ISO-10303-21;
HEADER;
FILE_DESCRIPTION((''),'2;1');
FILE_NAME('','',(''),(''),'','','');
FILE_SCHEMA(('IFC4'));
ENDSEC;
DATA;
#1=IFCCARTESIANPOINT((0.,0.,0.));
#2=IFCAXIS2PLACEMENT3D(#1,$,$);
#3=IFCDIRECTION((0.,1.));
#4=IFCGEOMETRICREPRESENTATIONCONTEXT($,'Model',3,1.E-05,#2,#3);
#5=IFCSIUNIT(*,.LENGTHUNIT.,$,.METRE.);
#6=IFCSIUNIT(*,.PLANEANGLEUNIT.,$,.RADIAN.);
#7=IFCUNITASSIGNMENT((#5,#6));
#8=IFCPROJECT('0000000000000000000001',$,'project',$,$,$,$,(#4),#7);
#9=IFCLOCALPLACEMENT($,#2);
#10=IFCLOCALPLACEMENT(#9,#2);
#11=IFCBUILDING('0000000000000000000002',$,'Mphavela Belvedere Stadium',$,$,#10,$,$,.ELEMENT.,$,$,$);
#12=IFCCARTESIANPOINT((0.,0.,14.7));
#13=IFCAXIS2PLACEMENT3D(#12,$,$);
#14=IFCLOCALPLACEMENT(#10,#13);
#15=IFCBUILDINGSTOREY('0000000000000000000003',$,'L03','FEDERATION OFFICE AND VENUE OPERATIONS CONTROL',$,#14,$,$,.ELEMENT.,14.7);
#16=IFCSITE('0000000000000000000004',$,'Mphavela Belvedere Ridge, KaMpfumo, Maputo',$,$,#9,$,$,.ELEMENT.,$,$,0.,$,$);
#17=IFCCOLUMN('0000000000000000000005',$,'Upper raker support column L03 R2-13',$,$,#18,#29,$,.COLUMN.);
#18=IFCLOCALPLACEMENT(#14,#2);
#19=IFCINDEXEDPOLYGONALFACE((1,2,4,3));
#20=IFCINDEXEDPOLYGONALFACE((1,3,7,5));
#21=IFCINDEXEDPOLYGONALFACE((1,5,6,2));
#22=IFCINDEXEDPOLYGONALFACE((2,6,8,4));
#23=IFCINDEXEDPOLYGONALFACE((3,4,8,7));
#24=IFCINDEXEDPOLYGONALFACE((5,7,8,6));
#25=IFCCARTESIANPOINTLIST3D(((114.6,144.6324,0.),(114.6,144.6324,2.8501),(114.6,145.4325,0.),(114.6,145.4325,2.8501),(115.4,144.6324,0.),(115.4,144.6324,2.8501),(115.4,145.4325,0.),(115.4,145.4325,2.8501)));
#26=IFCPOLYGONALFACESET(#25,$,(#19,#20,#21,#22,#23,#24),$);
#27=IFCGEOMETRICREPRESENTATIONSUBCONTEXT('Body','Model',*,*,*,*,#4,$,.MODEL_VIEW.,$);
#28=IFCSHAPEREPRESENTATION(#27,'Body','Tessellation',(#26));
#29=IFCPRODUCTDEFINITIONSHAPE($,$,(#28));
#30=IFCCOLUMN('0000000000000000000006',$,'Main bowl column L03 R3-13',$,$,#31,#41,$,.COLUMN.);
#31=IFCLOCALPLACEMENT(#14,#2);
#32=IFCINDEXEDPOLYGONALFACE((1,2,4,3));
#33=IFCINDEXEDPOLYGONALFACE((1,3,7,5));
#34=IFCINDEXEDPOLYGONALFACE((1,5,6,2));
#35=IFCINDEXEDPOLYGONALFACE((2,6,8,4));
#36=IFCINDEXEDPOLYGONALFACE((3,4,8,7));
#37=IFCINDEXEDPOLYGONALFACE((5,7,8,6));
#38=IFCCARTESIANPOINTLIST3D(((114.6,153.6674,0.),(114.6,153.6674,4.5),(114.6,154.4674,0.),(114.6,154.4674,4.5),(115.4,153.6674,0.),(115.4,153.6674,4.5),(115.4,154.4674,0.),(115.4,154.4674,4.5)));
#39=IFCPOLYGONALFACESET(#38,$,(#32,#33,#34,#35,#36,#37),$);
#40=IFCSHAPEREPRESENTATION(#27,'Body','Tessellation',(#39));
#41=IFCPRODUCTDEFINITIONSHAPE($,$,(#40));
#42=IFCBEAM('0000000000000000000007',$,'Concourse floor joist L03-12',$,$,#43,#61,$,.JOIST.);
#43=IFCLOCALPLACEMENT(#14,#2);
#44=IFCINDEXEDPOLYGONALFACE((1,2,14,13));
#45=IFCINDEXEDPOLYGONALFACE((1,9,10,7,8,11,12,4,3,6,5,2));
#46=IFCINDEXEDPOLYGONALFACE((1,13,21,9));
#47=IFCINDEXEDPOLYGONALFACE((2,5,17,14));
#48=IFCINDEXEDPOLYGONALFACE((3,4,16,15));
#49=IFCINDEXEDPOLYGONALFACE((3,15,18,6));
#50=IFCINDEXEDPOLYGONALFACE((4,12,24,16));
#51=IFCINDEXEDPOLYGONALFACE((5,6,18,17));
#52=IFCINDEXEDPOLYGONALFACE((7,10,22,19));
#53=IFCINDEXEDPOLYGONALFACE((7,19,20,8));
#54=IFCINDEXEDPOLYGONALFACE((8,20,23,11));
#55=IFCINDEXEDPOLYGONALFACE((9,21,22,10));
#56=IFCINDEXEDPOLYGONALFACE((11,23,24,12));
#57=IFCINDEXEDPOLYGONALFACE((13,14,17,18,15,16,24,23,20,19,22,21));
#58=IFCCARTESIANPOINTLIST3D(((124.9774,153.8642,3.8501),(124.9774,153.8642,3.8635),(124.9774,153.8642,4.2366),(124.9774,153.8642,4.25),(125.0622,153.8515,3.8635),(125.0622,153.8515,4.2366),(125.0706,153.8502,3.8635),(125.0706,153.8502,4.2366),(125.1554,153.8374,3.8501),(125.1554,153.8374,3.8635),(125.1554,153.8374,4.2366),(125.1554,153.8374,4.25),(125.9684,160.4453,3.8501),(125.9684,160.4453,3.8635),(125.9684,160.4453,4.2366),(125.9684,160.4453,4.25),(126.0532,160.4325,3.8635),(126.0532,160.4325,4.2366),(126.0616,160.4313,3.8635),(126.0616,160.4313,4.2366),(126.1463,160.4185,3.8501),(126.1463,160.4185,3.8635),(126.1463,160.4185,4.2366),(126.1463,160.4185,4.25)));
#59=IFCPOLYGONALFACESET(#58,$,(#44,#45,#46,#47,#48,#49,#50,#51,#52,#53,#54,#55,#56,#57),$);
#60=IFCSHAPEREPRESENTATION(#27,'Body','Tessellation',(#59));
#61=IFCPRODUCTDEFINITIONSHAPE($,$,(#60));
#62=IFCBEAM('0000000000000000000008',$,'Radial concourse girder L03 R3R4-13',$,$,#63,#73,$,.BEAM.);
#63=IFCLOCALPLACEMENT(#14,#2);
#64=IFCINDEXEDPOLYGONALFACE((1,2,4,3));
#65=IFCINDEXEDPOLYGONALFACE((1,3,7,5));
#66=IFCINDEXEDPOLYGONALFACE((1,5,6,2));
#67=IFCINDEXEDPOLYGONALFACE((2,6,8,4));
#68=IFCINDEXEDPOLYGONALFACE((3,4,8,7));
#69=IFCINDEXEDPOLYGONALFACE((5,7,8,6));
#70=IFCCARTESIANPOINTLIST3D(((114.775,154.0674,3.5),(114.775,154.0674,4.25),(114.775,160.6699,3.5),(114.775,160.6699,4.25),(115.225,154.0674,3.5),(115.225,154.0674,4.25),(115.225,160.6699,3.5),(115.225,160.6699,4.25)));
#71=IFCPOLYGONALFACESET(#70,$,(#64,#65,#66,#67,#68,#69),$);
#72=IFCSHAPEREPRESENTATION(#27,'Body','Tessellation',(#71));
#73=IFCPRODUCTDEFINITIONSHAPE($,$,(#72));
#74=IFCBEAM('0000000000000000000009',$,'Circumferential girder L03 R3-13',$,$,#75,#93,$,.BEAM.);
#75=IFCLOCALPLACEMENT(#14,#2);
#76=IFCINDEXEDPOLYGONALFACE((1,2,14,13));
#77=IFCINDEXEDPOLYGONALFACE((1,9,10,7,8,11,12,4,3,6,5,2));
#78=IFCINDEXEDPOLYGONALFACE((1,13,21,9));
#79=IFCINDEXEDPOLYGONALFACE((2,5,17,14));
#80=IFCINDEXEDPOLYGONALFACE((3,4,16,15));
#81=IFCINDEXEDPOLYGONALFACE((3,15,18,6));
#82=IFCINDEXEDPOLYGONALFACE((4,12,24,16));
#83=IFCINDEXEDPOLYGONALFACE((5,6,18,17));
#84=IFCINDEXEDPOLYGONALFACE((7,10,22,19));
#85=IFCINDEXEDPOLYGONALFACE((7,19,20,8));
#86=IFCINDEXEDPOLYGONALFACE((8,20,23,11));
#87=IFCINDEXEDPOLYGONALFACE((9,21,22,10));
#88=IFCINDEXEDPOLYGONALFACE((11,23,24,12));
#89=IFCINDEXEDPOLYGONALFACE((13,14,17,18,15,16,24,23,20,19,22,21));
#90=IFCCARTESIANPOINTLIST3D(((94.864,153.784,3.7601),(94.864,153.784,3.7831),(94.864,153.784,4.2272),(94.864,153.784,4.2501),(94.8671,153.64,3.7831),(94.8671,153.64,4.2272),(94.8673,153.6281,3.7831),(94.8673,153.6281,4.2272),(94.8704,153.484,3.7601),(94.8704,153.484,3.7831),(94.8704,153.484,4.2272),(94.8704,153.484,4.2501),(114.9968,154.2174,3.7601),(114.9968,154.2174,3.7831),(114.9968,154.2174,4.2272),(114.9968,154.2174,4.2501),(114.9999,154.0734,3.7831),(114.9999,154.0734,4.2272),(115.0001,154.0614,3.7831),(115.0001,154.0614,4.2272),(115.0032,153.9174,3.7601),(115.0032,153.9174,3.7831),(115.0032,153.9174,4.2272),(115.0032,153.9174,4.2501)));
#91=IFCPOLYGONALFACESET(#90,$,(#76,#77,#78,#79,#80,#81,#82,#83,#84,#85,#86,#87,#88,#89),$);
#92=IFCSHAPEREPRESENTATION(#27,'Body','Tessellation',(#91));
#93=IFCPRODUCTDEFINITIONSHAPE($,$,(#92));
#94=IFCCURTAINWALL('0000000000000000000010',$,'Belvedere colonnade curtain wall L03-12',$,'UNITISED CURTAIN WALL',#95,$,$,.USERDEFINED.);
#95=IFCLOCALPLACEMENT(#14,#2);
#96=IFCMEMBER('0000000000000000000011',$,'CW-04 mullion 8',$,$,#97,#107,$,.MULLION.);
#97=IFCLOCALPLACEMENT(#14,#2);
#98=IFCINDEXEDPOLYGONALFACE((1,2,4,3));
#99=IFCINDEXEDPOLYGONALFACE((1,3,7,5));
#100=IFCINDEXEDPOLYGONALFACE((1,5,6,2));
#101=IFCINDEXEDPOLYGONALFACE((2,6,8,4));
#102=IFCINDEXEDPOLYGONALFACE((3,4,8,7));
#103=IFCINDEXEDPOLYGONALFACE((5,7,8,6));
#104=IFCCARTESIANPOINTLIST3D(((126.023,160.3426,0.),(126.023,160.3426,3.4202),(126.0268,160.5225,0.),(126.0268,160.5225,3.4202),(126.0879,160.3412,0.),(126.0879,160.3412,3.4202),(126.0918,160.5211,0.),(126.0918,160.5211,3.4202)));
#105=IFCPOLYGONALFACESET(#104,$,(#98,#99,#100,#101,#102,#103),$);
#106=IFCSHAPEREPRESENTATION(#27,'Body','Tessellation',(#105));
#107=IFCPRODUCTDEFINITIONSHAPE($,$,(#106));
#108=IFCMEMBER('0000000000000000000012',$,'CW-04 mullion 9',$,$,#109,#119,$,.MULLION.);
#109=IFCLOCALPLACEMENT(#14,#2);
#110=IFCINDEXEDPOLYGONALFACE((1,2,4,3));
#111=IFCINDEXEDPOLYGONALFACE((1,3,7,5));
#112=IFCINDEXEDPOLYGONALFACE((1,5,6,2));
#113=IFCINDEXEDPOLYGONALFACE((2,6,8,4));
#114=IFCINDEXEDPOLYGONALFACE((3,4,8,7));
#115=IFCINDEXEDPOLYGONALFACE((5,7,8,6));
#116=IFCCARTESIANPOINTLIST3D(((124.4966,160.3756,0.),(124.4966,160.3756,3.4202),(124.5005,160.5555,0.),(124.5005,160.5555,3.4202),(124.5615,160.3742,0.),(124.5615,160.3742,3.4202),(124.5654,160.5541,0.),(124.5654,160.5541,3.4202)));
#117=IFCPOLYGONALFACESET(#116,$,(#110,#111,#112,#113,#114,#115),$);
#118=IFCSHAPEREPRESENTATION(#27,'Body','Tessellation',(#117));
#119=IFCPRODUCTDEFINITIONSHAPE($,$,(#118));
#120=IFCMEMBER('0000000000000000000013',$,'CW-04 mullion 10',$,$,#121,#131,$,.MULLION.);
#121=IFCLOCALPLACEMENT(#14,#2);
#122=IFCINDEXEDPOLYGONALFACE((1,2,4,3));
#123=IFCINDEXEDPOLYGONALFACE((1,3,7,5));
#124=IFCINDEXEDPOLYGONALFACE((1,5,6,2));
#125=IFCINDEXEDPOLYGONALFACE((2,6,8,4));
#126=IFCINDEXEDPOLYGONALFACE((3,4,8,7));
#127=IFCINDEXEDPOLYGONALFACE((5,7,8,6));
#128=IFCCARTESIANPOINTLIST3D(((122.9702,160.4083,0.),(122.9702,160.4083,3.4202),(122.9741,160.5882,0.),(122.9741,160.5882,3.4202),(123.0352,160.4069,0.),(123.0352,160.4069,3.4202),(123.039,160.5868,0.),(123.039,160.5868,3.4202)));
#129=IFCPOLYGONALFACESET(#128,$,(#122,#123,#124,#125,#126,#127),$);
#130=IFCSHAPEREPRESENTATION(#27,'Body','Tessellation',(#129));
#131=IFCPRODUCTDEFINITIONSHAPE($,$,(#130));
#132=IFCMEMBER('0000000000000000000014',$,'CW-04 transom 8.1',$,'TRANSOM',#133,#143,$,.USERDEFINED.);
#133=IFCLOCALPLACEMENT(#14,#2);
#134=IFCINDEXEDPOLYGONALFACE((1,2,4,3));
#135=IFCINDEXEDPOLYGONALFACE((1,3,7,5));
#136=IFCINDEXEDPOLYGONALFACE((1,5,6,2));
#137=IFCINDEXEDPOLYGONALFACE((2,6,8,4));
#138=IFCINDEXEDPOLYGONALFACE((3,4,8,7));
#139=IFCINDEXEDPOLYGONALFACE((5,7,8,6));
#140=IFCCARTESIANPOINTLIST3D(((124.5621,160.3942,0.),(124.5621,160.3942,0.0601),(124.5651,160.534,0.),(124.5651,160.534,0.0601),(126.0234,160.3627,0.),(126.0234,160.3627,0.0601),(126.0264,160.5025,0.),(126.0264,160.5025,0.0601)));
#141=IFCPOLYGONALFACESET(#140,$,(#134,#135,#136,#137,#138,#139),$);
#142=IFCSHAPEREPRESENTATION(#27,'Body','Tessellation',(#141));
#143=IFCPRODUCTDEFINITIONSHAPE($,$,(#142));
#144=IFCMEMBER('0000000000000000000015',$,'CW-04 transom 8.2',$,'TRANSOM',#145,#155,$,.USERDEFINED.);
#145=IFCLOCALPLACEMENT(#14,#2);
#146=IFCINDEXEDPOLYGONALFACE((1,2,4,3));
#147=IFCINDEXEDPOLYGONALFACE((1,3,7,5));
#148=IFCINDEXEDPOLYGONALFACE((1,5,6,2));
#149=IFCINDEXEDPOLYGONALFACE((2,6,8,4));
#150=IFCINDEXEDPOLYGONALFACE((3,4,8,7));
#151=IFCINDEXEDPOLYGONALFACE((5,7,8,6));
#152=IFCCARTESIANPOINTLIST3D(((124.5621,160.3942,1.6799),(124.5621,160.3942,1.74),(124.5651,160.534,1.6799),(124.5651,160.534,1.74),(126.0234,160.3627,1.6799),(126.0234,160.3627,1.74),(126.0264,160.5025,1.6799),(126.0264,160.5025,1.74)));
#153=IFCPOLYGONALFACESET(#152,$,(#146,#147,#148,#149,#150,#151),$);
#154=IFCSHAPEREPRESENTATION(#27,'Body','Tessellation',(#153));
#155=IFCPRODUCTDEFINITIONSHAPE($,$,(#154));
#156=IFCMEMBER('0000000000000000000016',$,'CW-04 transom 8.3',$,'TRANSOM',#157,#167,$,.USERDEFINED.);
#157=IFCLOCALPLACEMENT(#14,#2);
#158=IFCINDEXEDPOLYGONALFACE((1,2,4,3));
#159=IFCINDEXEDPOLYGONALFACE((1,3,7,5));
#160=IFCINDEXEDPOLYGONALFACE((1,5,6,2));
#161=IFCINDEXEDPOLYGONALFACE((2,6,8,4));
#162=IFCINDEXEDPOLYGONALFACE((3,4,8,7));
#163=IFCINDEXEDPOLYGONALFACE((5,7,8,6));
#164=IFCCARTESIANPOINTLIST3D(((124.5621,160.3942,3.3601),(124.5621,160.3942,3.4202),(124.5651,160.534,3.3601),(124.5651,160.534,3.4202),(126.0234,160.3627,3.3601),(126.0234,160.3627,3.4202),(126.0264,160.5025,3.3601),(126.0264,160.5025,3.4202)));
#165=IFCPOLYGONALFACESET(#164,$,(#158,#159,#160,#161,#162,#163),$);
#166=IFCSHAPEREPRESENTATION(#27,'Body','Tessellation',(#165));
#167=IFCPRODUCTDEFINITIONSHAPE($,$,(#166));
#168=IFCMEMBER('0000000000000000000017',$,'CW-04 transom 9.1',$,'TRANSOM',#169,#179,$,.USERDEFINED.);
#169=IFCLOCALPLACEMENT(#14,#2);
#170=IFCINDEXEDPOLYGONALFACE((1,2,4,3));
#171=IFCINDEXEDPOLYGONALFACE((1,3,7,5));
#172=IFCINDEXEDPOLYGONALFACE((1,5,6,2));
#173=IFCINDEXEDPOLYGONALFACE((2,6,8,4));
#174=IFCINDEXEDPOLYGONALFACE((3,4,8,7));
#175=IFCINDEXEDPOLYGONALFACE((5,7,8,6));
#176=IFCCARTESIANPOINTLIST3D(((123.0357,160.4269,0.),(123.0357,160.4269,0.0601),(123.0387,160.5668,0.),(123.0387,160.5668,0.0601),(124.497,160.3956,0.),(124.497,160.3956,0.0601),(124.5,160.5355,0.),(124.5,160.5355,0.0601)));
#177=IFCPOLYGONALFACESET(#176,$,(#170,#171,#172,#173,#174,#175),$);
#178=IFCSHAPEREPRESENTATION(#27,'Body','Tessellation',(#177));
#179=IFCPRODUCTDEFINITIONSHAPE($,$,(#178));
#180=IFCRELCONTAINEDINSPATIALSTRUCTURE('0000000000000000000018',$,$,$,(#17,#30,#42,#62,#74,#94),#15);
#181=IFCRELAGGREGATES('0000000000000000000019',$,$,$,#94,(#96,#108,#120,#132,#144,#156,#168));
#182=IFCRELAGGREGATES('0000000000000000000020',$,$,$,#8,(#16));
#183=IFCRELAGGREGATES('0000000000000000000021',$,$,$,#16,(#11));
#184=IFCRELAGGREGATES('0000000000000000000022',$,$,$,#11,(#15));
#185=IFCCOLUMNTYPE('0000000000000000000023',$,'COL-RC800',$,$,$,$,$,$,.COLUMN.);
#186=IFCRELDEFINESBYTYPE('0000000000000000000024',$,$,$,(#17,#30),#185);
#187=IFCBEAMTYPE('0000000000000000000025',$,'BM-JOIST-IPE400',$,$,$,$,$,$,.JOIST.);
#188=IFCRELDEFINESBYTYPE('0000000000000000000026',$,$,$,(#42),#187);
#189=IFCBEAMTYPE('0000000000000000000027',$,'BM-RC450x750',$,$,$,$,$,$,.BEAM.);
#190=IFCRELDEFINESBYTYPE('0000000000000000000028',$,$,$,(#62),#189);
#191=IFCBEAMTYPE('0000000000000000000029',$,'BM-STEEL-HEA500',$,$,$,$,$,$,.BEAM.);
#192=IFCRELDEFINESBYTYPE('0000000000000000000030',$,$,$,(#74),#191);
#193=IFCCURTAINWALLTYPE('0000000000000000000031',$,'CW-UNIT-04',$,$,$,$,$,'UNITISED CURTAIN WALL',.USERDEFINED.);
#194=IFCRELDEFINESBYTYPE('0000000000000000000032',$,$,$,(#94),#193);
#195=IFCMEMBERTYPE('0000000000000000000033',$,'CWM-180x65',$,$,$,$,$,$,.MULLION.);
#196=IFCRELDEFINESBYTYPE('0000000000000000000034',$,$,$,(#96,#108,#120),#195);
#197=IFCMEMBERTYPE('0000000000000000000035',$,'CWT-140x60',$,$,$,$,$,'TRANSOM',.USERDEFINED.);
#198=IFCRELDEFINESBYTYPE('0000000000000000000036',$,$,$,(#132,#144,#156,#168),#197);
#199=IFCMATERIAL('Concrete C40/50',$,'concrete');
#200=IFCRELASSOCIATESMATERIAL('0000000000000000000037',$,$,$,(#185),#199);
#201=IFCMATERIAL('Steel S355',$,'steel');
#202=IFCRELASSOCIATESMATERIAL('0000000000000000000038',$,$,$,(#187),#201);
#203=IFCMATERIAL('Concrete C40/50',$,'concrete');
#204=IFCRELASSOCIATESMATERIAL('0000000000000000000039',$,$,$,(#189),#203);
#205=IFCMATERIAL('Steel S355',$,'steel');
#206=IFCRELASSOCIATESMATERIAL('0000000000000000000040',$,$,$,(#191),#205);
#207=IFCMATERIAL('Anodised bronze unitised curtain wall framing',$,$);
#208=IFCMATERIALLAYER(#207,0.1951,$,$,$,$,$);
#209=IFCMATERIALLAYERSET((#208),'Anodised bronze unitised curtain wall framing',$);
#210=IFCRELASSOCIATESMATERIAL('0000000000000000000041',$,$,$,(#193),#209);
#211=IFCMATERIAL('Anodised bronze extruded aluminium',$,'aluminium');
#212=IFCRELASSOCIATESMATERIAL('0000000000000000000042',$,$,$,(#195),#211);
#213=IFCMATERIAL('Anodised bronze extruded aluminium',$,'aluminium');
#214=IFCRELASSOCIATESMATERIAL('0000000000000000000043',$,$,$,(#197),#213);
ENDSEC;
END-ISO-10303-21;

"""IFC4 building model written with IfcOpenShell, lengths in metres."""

from ifc_helpers import new_model, si_unit, direction, frame, origin, origin_2d, place, context, subcontext, project, spatial, rectangle, i_section, extrude, material, layer, layer_set, material_profile, profile_set, type_object, element, aggregate, save


model = new_model("IFC4")

# Units and contexts
model_context = context("Model", 3, precision=1e-05, world=origin(), true_north=direction((0.0, 1.0)))
body_context = subcontext(model_context, "Body", "Model", "MODEL_VIEW")
ifc_project = project(units=[si_unit("LENGTHUNIT", "METRE"), si_unit("PLANEANGLEUNIT", "RADIAN")], contexts=[model_context])

# Site, building, storey
site_placement = place(None, origin())
site = spatial("IfcSite", under=ifc_project, at=site_placement, Name="Mphavela Belvedere Ridge, KaMpfumo, Maputo", CompositionType="ELEMENT", RefElevation=0.0)
building_placement = place(site_placement, origin())
building = spatial("IfcBuilding", under=site, at=building_placement, Name="Mphavela Belvedere Stadium", CompositionType="ELEMENT")
storey_placement = place(building_placement, frame((0.0, 0.0, 14.7)))
storey = spatial("IfcBuildingStorey", under=building, at=storey_placement, Name="L03", Description="FEDERATION OFFICE AND VENUE OPERATIONS CONTROL", CompositionType="ELEMENT", Elevation=14.7)

# Columns
ifc_material_1 = material(Name="Concrete C40/50", Category="concrete")
ifc_material_profile_1 = material_profile(ifc_material_1, rectangle(XDim=0.8, YDim=0.8, at=origin_2d()), Name="RC 800x800")
ifc_profile_set_1 = profile_set([ifc_material_profile_1], Name="Concrete C40/50")
column_type = type_object("IfcColumnType", Name="COL-RC800", PredefinedType="COLUMN", material=ifc_profile_set_1)
column_1_placement = place(storey_placement, frame((115.0, 145.0325, 0.0), z_axis=(0.0, 0.0, 1.0), x_axis=(0.0, 1.0, 0.0)))
element("IfcColumn", 1, at=column_1_placement, inside=storey, type_object=column_type, Name="Upper raker support column L03 R2-13", PredefinedType="COLUMN", context=body_context, shape_type="SweptSolid", body=[
    extrude(rectangle(XDim=0.8, YDim=0.8, at=origin_2d()), origin(), (0.0, 0.0, 1.0), 2.8501),
])
column_2_placement = place(storey_placement, frame((115.0, 154.0674, 0.0), z_axis=(0.0, 0.0, 1.0), x_axis=(0.0, 1.0, 0.0)))
element("IfcColumn", 2, at=column_2_placement, inside=storey, type_object=column_type, Name="Main bowl column L03 R3-13", PredefinedType="COLUMN", context=body_context, shape_type="SweptSolid", body=[
    extrude(rectangle(XDim=0.8, YDim=0.8, at=origin_2d()), origin(), (0.0, 0.0, 1.0), 4.5),
])

# Beams
ifc_material_2 = material(Name="Steel S355", Category="steel")
ifc_material_profile_2 = material_profile(ifc_material_2, i_section(OverallWidth=0.1799, OverallDepth=0.3999, WebThickness=0.0085, FlangeThickness=0.0134, at=origin_2d()), Name="IPE 400")
ifc_profile_set_2 = profile_set([ifc_material_profile_2], Name="Steel S355")
beam_type_1 = type_object("IfcBeamType", Name="BM-JOIST-IPE400", PredefinedType="JOIST", material=ifc_profile_set_2)
beam_1_placement = place(storey_placement, frame((125.0664, 153.8508, 4.05), z_axis=(0.1489, 0.988852, 0.0), x_axis=(-0.988852, 0.1489, 0.0)))
element("IfcBeam", 3, at=beam_1_placement, inside=storey, type_object=beam_type_1, Name="Concourse floor joist L03-12", PredefinedType="JOIST", context=body_context, shape_type="SweptSolid", body=[
    extrude(i_section(OverallWidth=0.1799, OverallDepth=0.3999, WebThickness=0.0085, FlangeThickness=0.0134, at=origin_2d()), origin(), (0.0, 0.0, 1.0), 6.6553),
])
ifc_material_3 = material(Name="Concrete C40/50", Category="concrete")
ifc_material_profile_3 = material_profile(ifc_material_3, rectangle(XDim=0.45, YDim=0.75, at=origin_2d()), Name="RC 450x750")
ifc_profile_set_3 = profile_set([ifc_material_profile_3], Name="Concrete C40/50")
beam_type_2 = type_object("IfcBeamType", Name="BM-RC450x750", PredefinedType="BEAM", material=ifc_profile_set_3)
beam_2_placement = place(storey_placement, frame((115.0, 154.0674, 3.875), z_axis=(0.0, 1.0, 0.0), x_axis=(-1.0, 0.0, 0.0)))
element("IfcBeam", 4, at=beam_2_placement, inside=storey, type_object=beam_type_2, Name="Radial concourse girder L03 R3R4-13", PredefinedType="BEAM", context=body_context, shape_type="SweptSolid", body=[
    extrude(rectangle(XDim=0.45, YDim=0.75, at=origin_2d()), origin(), (0.0, 0.0, 1.0), 6.6025),
])
ifc_material_4 = material(Name="Steel S355", Category="steel")
ifc_material_profile_4 = material_profile(ifc_material_4, i_section(OverallWidth=0.3, OverallDepth=0.49, WebThickness=0.012, FlangeThickness=0.0229, at=origin_2d()), Name="HEA 500")
ifc_profile_set_4 = profile_set([ifc_material_profile_4], Name="Steel S355")
beam_type_3 = type_object("IfcBeamType", Name="BM-STEEL-HEA500", PredefinedType="BEAM", material=ifc_profile_set_4)
beam_3_placement = place(storey_placement, frame((115.0, 154.0674, 4.0051), z_axis=(-0.999768, -0.02152, 0.0), x_axis=(0.02152, -0.999768, 0.0)))
element("IfcBeam", 5, at=beam_3_placement, inside=storey, type_object=beam_type_3, Name="Circumferential girder L03 R3-13", PredefinedType="BEAM", context=body_context, shape_type="SweptSolid", body=[
    extrude(i_section(OverallWidth=0.3, OverallDepth=0.49, WebThickness=0.012, FlangeThickness=0.0229, at=origin_2d()), origin(), (0.0, 0.0, 1.0), 20.1375),
])

# Curtain wall, members
ifc_material_5 = material(Name="Anodised bronze unitised curtain wall framing")
ifc_layer_1 = layer(ifc_material_5, 0.1951)
ifc_layer_set_1 = layer_set([ifc_layer_1], Name="Anodised bronze unitised curtain wall framing")
curtain_wall_type_1 = type_object("IfcCurtainWallType", Name="CW-UNIT-04", ElementType="UNITISED CURTAIN WALL", PredefinedType="USERDEFINED", material=ifc_layer_set_1)
curtain_wall_1_placement = place(storey_placement, origin())
curtain_wall_1 = element("IfcCurtainWall", 6, at=curtain_wall_1_placement, inside=storey, type_object=curtain_wall_type_1, Name="Belvedere colonnade curtain wall L03-12", ObjectType="UNITISED CURTAIN WALL", PredefinedType="USERDEFINED")
ifc_material_6 = material(Name="Anodised bronze extruded aluminium", Category="aluminium")
ifc_material_profile_5 = material_profile(ifc_material_6, rectangle(XDim=0.1799, YDim=0.0649, at=origin_2d()), Name="CW-MUL 180x65")
ifc_profile_set_5 = profile_set([ifc_material_profile_5], Name="Anodised bronze extruded aluminium")
member_type_1 = type_object("IfcMemberType", Name="CWM-180x65", PredefinedType="MULLION", material=ifc_profile_set_5)
member_1_placement = place(storey_placement, frame((126.0574, 160.4319, 0.0), z_axis=(0.0, 0.0, 1.0), x_axis=(-0.021531, -0.999768, 0.0)))
member_1 = element("IfcMember", 7, at=member_1_placement, type_object=member_type_1, Name="CW-04 mullion 8", PredefinedType="MULLION", context=body_context, shape_type="SweptSolid", body=[
    extrude(rectangle(XDim=0.1799, YDim=0.0649, at=origin_2d()), origin(), (0.0, 0.0, 1.0), 3.4202),
])
member_2_placement = place(storey_placement, frame((124.531, 160.4648, 0.0), z_axis=(0.0, 0.0, 1.0), x_axis=(-0.021531, -0.999768, 0.0)))
member_2 = element("IfcMember", 8, at=member_2_placement, type_object=member_type_1, Name="CW-04 mullion 9", PredefinedType="MULLION", context=body_context, shape_type="SweptSolid", body=[
    extrude(rectangle(XDim=0.1799, YDim=0.0649, at=origin_2d()), origin(), (0.0, 0.0, 1.0), 3.4202),
])
member_3_placement = place(storey_placement, frame((123.0046, 160.4976, 0.0), z_axis=(0.0, 0.0, 1.0), x_axis=(-0.021531, -0.999768, 0.0)))
member_3 = element("IfcMember", 9, at=member_3_placement, type_object=member_type_1, Name="CW-04 mullion 10", PredefinedType="MULLION", context=body_context, shape_type="SweptSolid", body=[
    extrude(rectangle(XDim=0.1799, YDim=0.0649, at=origin_2d()), origin(), (0.0, 0.0, 1.0), 3.4202),
])
ifc_material_7 = material(Name="Anodised bronze extruded aluminium", Category="aluminium")
ifc_material_profile_6 = material_profile(ifc_material_7, rectangle(XDim=0.1399, YDim=0.0601, at=origin_2d()), Name="CW-TRN 140x60")
ifc_profile_set_6 = profile_set([ifc_material_profile_6], Name="Anodised bronze extruded aluminium")
member_type_2 = type_object("IfcMemberType", Name="CWT-140x60", ElementType="TRANSOM", PredefinedType="USERDEFINED", material=ifc_profile_set_6)
member_4_placement = place(storey_placement, frame((126.0249, 160.4326, 0.03), z_axis=(-0.999768, 0.021545, 0.0), x_axis=(-0.021545, -0.999768, 0.0)))
member_4 = element("IfcMember", 10, at=member_4_placement, type_object=member_type_2, Name="CW-04 transom 8.1", ObjectType="TRANSOM", PredefinedType="USERDEFINED", context=body_context, shape_type="SweptSolid", body=[
    extrude(rectangle(XDim=0.1399, YDim=0.0601, at=origin_2d()), origin(), (0.0, 0.0, 1.0), 1.4617),
])
member_5_placement = place(storey_placement, frame((126.0249, 160.4326, 1.71), z_axis=(-0.999768, 0.021545, 0.0), x_axis=(-0.021545, -0.999768, 0.0)))
member_5 = element("IfcMember", 11, at=member_5_placement, type_object=member_type_2, Name="CW-04 transom 8.2", ObjectType="TRANSOM", PredefinedType="USERDEFINED", context=body_context, shape_type="SweptSolid", body=[
    extrude(rectangle(XDim=0.1399, YDim=0.0601, at=origin_2d()), origin(), (0.0, 0.0, 1.0), 1.4617),
])
member_6_placement = place(storey_placement, frame((126.0249, 160.4326, 3.3901), z_axis=(-0.999768, 0.021545, 0.0), x_axis=(-0.021545, -0.999768, 0.0)))
member_6 = element("IfcMember", 12, at=member_6_placement, type_object=member_type_2, Name="CW-04 transom 8.3", ObjectType="TRANSOM", PredefinedType="USERDEFINED", context=body_context, shape_type="SweptSolid", body=[
    extrude(rectangle(XDim=0.1399, YDim=0.0601, at=origin_2d()), origin(), (0.0, 0.0, 1.0), 1.4617),
])
member_7_placement = place(storey_placement, frame((124.4985, 160.4656, 0.03), z_axis=(-0.999771, 0.021378, 0.0), x_axis=(-0.021378, -0.999771, 0.0)))
member_7 = element("IfcMember", 13, at=member_7_placement, type_object=member_type_2, Name="CW-04 transom 9.1", ObjectType="TRANSOM", PredefinedType="USERDEFINED", context=body_context, shape_type="SweptSolid", body=[
    extrude(rectangle(XDim=0.1399, YDim=0.0601, at=origin_2d()), origin(), (0.0, 0.0, 1.0), 1.4617),
])

aggregate(curtain_wall_1, [member_1, member_2, member_3, member_4, member_5, member_6, member_7])

save(model, "model.ifc")
